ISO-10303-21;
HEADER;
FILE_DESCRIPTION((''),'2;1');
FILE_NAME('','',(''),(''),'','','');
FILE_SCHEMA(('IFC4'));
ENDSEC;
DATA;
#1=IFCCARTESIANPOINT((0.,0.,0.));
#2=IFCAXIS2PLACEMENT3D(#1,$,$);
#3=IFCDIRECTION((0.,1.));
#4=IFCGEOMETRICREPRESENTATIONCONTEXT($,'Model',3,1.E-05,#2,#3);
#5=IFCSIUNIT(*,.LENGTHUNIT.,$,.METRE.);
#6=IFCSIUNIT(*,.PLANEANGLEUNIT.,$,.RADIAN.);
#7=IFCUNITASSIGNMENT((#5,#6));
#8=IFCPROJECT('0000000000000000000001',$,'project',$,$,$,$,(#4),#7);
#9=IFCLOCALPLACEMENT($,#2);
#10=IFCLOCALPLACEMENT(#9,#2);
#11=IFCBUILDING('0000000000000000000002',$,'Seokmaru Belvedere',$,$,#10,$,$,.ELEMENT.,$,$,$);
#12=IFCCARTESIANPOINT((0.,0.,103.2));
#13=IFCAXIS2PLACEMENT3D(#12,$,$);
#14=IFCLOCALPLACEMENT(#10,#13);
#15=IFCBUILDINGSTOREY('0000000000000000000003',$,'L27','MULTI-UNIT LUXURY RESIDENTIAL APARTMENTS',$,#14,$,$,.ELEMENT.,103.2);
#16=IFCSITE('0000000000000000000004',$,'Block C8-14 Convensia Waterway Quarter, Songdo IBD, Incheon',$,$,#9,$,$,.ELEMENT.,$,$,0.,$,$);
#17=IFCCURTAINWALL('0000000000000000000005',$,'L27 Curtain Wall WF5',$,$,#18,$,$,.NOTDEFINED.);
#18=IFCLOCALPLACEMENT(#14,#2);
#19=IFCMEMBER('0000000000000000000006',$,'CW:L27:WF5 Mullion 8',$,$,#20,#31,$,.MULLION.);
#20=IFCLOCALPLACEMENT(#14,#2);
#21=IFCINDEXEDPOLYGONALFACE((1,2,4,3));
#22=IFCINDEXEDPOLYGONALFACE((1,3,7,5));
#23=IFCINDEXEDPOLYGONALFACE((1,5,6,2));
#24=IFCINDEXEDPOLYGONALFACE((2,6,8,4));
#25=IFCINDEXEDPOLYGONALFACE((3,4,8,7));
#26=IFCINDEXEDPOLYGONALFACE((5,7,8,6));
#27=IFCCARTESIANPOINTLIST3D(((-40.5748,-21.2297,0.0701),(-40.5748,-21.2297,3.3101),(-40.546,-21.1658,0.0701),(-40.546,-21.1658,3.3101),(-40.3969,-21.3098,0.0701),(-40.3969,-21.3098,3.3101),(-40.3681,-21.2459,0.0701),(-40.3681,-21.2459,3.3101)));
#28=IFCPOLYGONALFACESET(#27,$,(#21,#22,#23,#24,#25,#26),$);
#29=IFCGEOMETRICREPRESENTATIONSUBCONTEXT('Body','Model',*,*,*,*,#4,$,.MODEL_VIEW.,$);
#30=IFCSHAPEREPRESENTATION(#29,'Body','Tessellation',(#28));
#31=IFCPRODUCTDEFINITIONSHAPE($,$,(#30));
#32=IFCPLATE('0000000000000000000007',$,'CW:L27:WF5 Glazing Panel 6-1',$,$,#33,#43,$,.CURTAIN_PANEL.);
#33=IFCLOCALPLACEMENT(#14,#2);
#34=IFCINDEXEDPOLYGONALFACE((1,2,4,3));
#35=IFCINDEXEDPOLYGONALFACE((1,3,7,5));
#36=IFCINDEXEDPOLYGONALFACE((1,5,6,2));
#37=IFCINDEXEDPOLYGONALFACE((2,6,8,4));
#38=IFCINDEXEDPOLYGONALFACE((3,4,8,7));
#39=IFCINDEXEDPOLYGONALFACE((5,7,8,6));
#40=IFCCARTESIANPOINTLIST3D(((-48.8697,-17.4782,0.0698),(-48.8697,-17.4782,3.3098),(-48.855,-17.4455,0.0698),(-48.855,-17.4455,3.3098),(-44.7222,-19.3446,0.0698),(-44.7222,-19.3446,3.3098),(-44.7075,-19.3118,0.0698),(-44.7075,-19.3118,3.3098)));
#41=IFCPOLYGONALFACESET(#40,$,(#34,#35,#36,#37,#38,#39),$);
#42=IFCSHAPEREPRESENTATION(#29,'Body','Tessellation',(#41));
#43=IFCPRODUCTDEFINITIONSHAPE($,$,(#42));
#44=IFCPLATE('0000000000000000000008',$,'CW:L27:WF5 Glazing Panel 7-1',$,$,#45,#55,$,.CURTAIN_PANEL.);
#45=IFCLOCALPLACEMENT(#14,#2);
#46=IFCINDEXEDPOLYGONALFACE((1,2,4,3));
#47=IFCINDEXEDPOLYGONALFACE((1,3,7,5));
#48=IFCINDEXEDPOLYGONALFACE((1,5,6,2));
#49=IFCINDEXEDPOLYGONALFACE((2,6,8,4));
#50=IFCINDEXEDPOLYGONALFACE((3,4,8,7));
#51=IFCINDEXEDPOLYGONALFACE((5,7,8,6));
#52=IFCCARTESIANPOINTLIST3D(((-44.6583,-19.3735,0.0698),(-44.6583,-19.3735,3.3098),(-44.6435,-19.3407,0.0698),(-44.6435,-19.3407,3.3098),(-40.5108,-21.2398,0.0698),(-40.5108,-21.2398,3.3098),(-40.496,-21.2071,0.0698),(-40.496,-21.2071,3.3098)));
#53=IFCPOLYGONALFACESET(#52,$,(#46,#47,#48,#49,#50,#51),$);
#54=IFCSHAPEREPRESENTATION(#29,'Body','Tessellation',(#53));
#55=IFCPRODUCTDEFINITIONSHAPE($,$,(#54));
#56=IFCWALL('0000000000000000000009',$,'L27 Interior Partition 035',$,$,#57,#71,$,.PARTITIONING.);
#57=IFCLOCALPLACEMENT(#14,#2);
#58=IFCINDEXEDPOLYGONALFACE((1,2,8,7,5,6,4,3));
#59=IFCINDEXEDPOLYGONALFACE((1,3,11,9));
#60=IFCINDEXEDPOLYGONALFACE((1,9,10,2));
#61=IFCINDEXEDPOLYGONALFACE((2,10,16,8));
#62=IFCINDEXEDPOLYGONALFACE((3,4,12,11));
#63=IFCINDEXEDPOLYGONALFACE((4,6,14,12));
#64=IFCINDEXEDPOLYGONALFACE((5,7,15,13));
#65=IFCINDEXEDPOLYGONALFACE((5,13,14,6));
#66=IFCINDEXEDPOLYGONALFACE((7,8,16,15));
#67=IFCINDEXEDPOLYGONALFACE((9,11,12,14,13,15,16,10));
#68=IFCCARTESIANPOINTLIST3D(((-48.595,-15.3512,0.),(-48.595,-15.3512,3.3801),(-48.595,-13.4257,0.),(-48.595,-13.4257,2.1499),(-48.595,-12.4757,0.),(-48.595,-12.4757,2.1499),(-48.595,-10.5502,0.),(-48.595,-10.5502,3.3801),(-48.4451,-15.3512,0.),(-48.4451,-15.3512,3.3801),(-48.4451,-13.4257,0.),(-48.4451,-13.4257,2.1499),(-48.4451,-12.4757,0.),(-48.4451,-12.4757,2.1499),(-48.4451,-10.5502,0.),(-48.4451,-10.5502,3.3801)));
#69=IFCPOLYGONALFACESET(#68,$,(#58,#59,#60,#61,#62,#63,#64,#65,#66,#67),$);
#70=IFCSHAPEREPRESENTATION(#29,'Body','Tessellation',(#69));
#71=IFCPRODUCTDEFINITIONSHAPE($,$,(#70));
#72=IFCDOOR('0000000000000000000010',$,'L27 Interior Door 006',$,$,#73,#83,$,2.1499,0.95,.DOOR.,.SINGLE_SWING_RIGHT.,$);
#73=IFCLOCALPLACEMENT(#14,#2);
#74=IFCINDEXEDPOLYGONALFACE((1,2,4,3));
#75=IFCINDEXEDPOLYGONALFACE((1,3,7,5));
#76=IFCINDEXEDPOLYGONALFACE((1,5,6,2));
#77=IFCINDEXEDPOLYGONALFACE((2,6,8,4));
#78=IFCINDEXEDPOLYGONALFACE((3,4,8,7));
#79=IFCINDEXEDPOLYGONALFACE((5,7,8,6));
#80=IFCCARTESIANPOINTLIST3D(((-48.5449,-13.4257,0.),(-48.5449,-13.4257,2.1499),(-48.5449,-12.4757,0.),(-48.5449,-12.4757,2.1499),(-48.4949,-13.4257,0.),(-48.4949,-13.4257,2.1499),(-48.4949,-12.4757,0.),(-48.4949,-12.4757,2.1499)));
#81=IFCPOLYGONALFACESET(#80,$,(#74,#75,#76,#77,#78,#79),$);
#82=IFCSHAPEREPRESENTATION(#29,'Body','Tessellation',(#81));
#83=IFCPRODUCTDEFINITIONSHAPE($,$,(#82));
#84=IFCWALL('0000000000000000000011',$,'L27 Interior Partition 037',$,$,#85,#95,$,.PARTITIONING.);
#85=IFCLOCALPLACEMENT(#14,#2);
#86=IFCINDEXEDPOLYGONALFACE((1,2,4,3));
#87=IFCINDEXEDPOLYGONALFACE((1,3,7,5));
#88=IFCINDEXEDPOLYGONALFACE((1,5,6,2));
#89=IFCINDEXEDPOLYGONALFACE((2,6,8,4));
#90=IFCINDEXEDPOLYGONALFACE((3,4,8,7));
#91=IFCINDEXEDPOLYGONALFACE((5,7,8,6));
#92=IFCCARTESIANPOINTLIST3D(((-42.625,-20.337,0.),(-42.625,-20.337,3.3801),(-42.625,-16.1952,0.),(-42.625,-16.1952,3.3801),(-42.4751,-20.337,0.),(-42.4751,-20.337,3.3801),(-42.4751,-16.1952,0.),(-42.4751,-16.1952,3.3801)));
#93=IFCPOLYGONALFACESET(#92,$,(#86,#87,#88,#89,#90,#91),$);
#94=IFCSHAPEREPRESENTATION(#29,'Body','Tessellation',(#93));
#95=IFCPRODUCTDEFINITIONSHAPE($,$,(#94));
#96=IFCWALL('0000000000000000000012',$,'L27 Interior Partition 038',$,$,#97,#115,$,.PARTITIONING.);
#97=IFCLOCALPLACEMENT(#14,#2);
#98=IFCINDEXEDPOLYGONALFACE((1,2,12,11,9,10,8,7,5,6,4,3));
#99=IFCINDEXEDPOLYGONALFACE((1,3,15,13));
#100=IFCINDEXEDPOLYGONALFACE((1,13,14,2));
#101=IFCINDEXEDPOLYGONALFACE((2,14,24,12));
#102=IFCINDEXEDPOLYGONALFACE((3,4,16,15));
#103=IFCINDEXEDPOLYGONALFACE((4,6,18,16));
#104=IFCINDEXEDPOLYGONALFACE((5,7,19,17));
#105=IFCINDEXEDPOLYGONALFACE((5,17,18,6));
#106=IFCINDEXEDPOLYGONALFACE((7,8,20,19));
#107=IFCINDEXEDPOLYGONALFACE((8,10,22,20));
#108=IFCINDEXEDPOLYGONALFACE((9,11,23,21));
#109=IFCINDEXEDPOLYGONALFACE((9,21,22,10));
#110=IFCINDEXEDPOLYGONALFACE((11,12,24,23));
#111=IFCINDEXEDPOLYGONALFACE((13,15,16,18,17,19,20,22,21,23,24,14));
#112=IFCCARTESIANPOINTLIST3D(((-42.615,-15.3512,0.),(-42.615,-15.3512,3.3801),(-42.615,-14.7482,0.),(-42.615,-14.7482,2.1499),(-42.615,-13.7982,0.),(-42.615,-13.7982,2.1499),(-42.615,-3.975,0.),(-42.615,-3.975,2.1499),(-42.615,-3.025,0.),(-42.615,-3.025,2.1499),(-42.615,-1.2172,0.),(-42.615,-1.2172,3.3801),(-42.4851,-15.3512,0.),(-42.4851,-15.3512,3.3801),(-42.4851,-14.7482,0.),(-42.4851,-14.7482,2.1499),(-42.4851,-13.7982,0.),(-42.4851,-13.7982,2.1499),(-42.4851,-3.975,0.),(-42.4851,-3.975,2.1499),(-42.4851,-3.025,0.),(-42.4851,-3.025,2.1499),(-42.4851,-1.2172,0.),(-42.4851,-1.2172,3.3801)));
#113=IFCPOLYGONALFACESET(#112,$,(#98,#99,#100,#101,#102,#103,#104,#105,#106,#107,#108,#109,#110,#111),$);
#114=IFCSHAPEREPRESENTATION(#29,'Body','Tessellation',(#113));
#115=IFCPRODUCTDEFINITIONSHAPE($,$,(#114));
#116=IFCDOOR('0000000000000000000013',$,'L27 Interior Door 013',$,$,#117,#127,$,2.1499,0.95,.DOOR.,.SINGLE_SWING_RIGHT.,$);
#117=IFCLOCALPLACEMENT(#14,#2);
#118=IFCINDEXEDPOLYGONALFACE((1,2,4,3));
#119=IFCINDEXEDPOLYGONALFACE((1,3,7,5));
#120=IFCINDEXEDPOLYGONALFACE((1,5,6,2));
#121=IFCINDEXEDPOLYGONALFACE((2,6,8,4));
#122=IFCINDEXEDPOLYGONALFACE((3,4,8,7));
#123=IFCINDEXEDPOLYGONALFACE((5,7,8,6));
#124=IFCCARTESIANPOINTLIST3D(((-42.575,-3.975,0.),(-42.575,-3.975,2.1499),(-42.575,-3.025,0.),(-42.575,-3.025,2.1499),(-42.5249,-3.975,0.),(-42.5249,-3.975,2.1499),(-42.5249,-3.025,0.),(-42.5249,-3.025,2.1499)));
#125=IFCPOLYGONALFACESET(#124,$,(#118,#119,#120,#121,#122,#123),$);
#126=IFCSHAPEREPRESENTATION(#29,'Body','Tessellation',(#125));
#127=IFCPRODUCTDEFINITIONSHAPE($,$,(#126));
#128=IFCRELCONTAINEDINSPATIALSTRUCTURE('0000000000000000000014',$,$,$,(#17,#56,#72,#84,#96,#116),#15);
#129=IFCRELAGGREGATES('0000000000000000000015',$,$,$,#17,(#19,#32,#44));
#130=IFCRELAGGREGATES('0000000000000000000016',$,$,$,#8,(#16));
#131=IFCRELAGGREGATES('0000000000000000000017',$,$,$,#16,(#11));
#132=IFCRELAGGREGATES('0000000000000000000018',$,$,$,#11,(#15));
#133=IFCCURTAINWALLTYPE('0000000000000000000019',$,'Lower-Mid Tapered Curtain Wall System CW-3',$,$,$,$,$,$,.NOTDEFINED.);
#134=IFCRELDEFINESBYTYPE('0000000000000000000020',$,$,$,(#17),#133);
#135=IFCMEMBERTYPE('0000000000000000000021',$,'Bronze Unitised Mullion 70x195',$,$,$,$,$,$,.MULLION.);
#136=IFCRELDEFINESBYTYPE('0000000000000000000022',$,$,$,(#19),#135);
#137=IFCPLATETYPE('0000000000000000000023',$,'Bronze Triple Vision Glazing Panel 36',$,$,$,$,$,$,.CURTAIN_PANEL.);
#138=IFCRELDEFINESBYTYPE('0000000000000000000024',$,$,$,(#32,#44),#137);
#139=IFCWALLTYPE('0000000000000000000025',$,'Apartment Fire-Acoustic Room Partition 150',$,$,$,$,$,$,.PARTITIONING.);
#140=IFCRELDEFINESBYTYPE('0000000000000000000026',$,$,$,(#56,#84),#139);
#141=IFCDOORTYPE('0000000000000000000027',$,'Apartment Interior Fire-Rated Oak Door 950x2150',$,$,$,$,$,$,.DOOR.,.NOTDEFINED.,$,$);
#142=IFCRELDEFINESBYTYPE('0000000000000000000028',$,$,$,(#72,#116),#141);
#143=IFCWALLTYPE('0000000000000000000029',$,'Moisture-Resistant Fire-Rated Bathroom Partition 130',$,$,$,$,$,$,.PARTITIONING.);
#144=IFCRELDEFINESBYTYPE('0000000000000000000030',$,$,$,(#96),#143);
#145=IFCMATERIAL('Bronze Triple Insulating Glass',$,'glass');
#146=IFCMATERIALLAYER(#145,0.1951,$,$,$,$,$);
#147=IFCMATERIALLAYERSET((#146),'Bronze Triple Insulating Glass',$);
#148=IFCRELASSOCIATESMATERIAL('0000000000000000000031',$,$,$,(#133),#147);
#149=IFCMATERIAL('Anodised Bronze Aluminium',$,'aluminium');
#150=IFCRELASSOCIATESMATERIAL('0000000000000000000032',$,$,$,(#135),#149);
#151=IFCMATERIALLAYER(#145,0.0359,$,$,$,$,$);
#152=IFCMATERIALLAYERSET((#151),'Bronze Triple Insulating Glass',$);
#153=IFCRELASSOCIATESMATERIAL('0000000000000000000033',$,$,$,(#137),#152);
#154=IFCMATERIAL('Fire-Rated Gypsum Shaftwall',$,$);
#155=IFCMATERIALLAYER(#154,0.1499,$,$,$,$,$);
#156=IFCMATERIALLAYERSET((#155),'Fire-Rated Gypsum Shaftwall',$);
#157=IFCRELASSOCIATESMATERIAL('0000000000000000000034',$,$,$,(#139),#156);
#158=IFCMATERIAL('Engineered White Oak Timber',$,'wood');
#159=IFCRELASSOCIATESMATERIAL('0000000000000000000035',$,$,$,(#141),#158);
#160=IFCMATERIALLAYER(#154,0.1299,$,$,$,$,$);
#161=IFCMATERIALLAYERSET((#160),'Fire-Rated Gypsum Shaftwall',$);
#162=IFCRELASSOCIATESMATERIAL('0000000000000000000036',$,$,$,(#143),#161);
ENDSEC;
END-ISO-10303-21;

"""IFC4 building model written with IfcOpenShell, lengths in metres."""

from ifc_helpers import new_model, si_unit, direction, frame, frame_2d, origin, origin_2d, place, context, subcontext, project, spatial, rectangle, extrude, source, transform, mapped, material, layer, layer_set, material_profile, profile_set, type_object, type_shapes, element, fill, aggregate, save


model = new_model("IFC4")

# Units and contexts
model_context = context("Model", 3, precision=1e-05, world=origin(), true_north=direction((0.0, 1.0)))
body_context = subcontext(model_context, "Body", "Model", "MODEL_VIEW")
ifc_project = project(units=[si_unit("LENGTHUNIT", "METRE"), si_unit("PLANEANGLEUNIT", "RADIAN")], contexts=[model_context])

# Site, building, storey
site_placement = place(None, origin())
site = spatial("IfcSite", under=ifc_project, at=site_placement, Name="Block C8-14 Convensia Waterway Quarter, Songdo IBD, Incheon", CompositionType="ELEMENT", RefElevation=0.0)
building_placement = place(site_placement, origin())
building = spatial("IfcBuilding", under=site, at=building_placement, Name="Seokmaru Belvedere", CompositionType="ELEMENT")
storey_placement = place(building_placement, frame((0.0, 0.0, 103.2)))
storey = spatial("IfcBuildingStorey", under=building, at=storey_placement, Name="L27", Description="MULTI-UNIT LUXURY RESIDENTIAL APARTMENTS", CompositionType="ELEMENT", Elevation=103.2)

# Curtain wall, member, plates
ifc_material_1 = material(Name="Bronze Triple Insulating Glass", Category="glass")
ifc_layer_1 = layer(ifc_material_1, 0.1951)
ifc_layer_set_1 = layer_set([ifc_layer_1], Name="Bronze Triple Insulating Glass")
curtain_wall_type = type_object("IfcCurtainWallType", Name="Lower-Mid Tapered Curtain Wall System CW-3", PredefinedType="NOTDEFINED", material=ifc_layer_set_1)
curtain_wall_placement = place(storey_placement, origin())
curtain_wall = element("IfcCurtainWall", 1, at=curtain_wall_placement, inside=storey, type_object=curtain_wall_type, Name="L27 Curtain Wall WF5", PredefinedType="NOTDEFINED")
ifc_material_2 = material(Name="Anodised Bronze Aluminium", Category="aluminium")
ifc_material_profile_1 = material_profile(ifc_material_2, rectangle(XDim=0.0701, YDim=0.1951, at=origin_2d()), Name="CW-M-70x195")
ifc_profile_set_1 = profile_set([ifc_material_profile_1], Name="Anodised Bronze Aluminium")
member_type = type_object("IfcMemberType", Name="Bronze Unitised Mullion 70x195", PredefinedType="MULLION", material=ifc_profile_set_1)
shared_shape_1 = source(origin(), body_context, "Body", "SweptSolid", [
    extrude(rectangle(XDim=0.0701, YDim=0.1951, at=origin_2d()), origin(), (0.0, 0.0, 1.0), 3.24),
])
type_shapes(member_type, [shared_shape_1])
member_1_placement = place(storey_placement, frame((-40.4714, -21.2378, 0.0701), z_axis=(0.0, 0.0, 1.0), x_axis=(0.410366, 0.911921, 0.0)))
member_1 = element("IfcMember", 2, at=member_1_placement, type_object=member_type, Name="CW:L27:WF5 Mullion 8", PredefinedType="MULLION", context=body_context, shape_type="MappedRepresentation", body=[
    mapped(shared_shape_1, transform((0.0, 0.0, 0.0), scale=1.0)),
])
ifc_layer_2 = layer(ifc_material_1, 0.0359)
ifc_layer_set_2 = layer_set([ifc_layer_2], Name="Bronze Triple Insulating Glass")
plate_type = type_object("IfcPlateType", Name="Bronze Triple Vision Glazing Panel 36", PredefinedType="CURTAIN_PANEL", material=ifc_layer_set_2)
shared_shape_2 = source(origin(), body_context, "Body", "SweptSolid", [
    extrude(rectangle(XDim=4.5481, YDim=0.0359, at=origin_2d()), origin(), (0.0, 0.0, 1.0), 3.24),
])
type_shapes(plate_type, [shared_shape_2])
plate_1_placement = place(storey_placement, frame((-46.7886, -18.395, 0.0698), z_axis=(0.0, 0.0, 1.0), x_axis=(0.911921, -0.410366, 0.0)))
plate_1 = element("IfcPlate", 3, at=plate_1_placement, type_object=plate_type, Name="CW:L27:WF5 Glazing Panel 6-1", PredefinedType="CURTAIN_PANEL", context=body_context, shape_type="MappedRepresentation", body=[
    mapped(shared_shape_2, transform((0.0, 0.0, 0.0), scale=1.0)),
])
plate_2_placement = place(storey_placement, frame((-42.5771, -20.2903, 0.0698), z_axis=(0.0, 0.0, 1.0), x_axis=(0.911921, -0.410366, 0.0)))
plate_2 = element("IfcPlate", 4, at=plate_2_placement, type_object=plate_type, Name="CW:L27:WF5 Glazing Panel 7-1", PredefinedType="CURTAIN_PANEL", context=body_context, shape_type="MappedRepresentation", body=[
    mapped(shared_shape_2, transform((0.0, 0.0, 0.0), scale=1.0)),
])
aggregate(curtain_wall, [member_1, plate_1, plate_2])

# Shared definitions
ifc_material_3 = material(Name="Fire-Rated Gypsum Shaftwall")
ifc_layer_3 = layer(ifc_material_3, 0.1499)
ifc_layer_set_3 = layer_set([ifc_layer_3], Name="Fire-Rated Gypsum Shaftwall")
wall_type_1 = type_object("IfcWallType", Name="Apartment Fire-Acoustic Room Partition 150", PredefinedType="PARTITIONING", material=ifc_layer_set_3)

# Wall, opening, door
wall_1_placement = place(storey_placement, frame((-48.52, -15.3511, 0.0), z_axis=(0.0, 0.0, 1.0), x_axis=(0.0, 1.0, 0.0)))
wall_1 = element("IfcWall", 5, at=wall_1_placement, inside=storey, type_object=wall_type_1, Name="L27 Interior Partition 035", PredefinedType="PARTITIONING", context=body_context, shape_type="SweptSolid", body=[
    extrude(rectangle(XDim=4.801, YDim=0.1499, at=frame_2d((2.4004, 0.0))), origin(), (0.0, 0.0, 1.0), 3.3801),
])
opening_1_placement = place(wall_1_placement, frame((1.9253, 0.0, 0.0)))
opening_1 = element("IfcOpeningElement", 6, at=opening_1_placement, cuts=wall_1, PredefinedType="OPENING", context=body_context, shape_type="SweptSolid", body=[
    extrude(rectangle(XDim=0.95, YDim=2.1499, at=frame_2d((0.4751, 1.075))), frame((0.0, 0.085, 0.0), z_axis=(0.0, -1.0, 0.0), x_axis=(1.0, 0.0, 0.0)), (0.0, 0.0, 1.0), 0.1699),
])
ifc_material_4 = material(Name="Engineered White Oak Timber", Category="wood")
door_type = type_object("IfcDoorType", Name="Apartment Interior Fire-Rated Oak Door 950x2150", OperationType="NOTDEFINED", PredefinedType="DOOR", material=ifc_material_4)
shared_shape_3 = source(origin(), body_context, "Body", "SweptSolid", [
    extrude(rectangle(XDim=0.95, YDim=2.1499, at=frame_2d((0.4751, 1.075))), frame((0.0, 0.0249, 0.0), z_axis=(0.0, -1.0, 0.0), x_axis=(1.0, 0.0, 0.0)), (0.0, 0.0, 1.0), 0.05),
])
type_shapes(door_type, [shared_shape_3])
door_1_placement = place(opening_1_placement, origin())
door_1 = element("IfcDoor", 7, at=door_1_placement, inside=storey, type_object=door_type, Name="L27 Interior Door 006", OperationType="SINGLE_SWING_RIGHT", OverallHeight=2.1499, OverallWidth=0.95, PredefinedType="DOOR", context=body_context, shape_type="MappedRepresentation", body=[
    mapped(shared_shape_3, transform((0.0, 0.0, 0.0), scale=1.0)),
])
fill(opening_1, door_1)

# Wall
wall_2_placement = place(storey_placement, frame((-42.55, -20.3369, 0.0), z_axis=(0.0, 0.0, 1.0), x_axis=(0.0, 1.0, 0.0)))
element("IfcWall", 8, at=wall_2_placement, inside=storey, type_object=wall_type_1, Name="L27 Interior Partition 037", PredefinedType="PARTITIONING", context=body_context, shape_type="SweptSolid", body=[
    extrude(rectangle(XDim=4.1418, YDim=0.1499, at=frame_2d((2.0708, 0.0))), origin(), (0.0, 0.0, 1.0), 3.3801),
])

# Wall, openings, door
ifc_layer_4 = layer(ifc_material_3, 0.1299)
ifc_layer_set_4 = layer_set([ifc_layer_4], Name="Fire-Rated Gypsum Shaftwall")
wall_type_2 = type_object("IfcWallType", Name="Moisture-Resistant Fire-Rated Bathroom Partition 130", PredefinedType="PARTITIONING", material=ifc_layer_set_4)
wall_3_placement = place(storey_placement, frame((-42.55, -15.3511, 0.0), z_axis=(0.0, 0.0, 1.0), x_axis=(0.0, 1.0, 0.0)))
wall_3 = element("IfcWall", 9, at=wall_3_placement, inside=storey, type_object=wall_type_2, Name="L27 Interior Partition 038", PredefinedType="PARTITIONING", context=body_context, shape_type="SweptSolid", body=[
    extrude(rectangle(XDim=14.134, YDim=0.1299, at=frame_2d((7.0669, 0.0))), origin(), (0.0, 0.0, 1.0), 3.3801),
])
opening_2_placement = place(wall_3_placement, frame((0.6028, 0.0, 0.0)))
element("IfcOpeningElement", 10, at=opening_2_placement, cuts=wall_3, PredefinedType="OPENING", context=body_context, shape_type="SweptSolid", body=[
    extrude(rectangle(XDim=0.95, YDim=2.1499, at=frame_2d((0.4751, 1.075))), frame((0.0, 0.075, 0.0), z_axis=(0.0, -1.0, 0.0), x_axis=(1.0, 0.0, 0.0)), (0.0, 0.0, 1.0), 0.1499),
])
opening_3_placement = place(wall_3_placement, frame((11.376, 0.0, 0.0)))
opening_3 = element("IfcOpeningElement", 11, at=opening_3_placement, cuts=wall_3, PredefinedType="OPENING", context=body_context, shape_type="SweptSolid", body=[
    extrude(rectangle(XDim=0.95, YDim=2.1499, at=frame_2d((0.4751, 1.075))), frame((0.0, 0.075, 0.0), z_axis=(0.0, -1.0, 0.0), x_axis=(1.0, 0.0, 0.0)), (0.0, 0.0, 1.0), 0.1499),
])
door_2_placement = place(opening_3_placement, origin())
door_2 = element("IfcDoor", 12, at=door_2_placement, inside=storey, type_object=door_type, Name="L27 Interior Door 013", OperationType="SINGLE_SWING_RIGHT", OverallHeight=2.1499, OverallWidth=0.95, PredefinedType="DOOR", context=body_context, shape_type="MappedRepresentation", body=[
    mapped(shared_shape_3, transform((0.0, 0.0, 0.0), scale=1.0)),
])
fill(opening_3, door_2)

save(model, "model.ifc")
